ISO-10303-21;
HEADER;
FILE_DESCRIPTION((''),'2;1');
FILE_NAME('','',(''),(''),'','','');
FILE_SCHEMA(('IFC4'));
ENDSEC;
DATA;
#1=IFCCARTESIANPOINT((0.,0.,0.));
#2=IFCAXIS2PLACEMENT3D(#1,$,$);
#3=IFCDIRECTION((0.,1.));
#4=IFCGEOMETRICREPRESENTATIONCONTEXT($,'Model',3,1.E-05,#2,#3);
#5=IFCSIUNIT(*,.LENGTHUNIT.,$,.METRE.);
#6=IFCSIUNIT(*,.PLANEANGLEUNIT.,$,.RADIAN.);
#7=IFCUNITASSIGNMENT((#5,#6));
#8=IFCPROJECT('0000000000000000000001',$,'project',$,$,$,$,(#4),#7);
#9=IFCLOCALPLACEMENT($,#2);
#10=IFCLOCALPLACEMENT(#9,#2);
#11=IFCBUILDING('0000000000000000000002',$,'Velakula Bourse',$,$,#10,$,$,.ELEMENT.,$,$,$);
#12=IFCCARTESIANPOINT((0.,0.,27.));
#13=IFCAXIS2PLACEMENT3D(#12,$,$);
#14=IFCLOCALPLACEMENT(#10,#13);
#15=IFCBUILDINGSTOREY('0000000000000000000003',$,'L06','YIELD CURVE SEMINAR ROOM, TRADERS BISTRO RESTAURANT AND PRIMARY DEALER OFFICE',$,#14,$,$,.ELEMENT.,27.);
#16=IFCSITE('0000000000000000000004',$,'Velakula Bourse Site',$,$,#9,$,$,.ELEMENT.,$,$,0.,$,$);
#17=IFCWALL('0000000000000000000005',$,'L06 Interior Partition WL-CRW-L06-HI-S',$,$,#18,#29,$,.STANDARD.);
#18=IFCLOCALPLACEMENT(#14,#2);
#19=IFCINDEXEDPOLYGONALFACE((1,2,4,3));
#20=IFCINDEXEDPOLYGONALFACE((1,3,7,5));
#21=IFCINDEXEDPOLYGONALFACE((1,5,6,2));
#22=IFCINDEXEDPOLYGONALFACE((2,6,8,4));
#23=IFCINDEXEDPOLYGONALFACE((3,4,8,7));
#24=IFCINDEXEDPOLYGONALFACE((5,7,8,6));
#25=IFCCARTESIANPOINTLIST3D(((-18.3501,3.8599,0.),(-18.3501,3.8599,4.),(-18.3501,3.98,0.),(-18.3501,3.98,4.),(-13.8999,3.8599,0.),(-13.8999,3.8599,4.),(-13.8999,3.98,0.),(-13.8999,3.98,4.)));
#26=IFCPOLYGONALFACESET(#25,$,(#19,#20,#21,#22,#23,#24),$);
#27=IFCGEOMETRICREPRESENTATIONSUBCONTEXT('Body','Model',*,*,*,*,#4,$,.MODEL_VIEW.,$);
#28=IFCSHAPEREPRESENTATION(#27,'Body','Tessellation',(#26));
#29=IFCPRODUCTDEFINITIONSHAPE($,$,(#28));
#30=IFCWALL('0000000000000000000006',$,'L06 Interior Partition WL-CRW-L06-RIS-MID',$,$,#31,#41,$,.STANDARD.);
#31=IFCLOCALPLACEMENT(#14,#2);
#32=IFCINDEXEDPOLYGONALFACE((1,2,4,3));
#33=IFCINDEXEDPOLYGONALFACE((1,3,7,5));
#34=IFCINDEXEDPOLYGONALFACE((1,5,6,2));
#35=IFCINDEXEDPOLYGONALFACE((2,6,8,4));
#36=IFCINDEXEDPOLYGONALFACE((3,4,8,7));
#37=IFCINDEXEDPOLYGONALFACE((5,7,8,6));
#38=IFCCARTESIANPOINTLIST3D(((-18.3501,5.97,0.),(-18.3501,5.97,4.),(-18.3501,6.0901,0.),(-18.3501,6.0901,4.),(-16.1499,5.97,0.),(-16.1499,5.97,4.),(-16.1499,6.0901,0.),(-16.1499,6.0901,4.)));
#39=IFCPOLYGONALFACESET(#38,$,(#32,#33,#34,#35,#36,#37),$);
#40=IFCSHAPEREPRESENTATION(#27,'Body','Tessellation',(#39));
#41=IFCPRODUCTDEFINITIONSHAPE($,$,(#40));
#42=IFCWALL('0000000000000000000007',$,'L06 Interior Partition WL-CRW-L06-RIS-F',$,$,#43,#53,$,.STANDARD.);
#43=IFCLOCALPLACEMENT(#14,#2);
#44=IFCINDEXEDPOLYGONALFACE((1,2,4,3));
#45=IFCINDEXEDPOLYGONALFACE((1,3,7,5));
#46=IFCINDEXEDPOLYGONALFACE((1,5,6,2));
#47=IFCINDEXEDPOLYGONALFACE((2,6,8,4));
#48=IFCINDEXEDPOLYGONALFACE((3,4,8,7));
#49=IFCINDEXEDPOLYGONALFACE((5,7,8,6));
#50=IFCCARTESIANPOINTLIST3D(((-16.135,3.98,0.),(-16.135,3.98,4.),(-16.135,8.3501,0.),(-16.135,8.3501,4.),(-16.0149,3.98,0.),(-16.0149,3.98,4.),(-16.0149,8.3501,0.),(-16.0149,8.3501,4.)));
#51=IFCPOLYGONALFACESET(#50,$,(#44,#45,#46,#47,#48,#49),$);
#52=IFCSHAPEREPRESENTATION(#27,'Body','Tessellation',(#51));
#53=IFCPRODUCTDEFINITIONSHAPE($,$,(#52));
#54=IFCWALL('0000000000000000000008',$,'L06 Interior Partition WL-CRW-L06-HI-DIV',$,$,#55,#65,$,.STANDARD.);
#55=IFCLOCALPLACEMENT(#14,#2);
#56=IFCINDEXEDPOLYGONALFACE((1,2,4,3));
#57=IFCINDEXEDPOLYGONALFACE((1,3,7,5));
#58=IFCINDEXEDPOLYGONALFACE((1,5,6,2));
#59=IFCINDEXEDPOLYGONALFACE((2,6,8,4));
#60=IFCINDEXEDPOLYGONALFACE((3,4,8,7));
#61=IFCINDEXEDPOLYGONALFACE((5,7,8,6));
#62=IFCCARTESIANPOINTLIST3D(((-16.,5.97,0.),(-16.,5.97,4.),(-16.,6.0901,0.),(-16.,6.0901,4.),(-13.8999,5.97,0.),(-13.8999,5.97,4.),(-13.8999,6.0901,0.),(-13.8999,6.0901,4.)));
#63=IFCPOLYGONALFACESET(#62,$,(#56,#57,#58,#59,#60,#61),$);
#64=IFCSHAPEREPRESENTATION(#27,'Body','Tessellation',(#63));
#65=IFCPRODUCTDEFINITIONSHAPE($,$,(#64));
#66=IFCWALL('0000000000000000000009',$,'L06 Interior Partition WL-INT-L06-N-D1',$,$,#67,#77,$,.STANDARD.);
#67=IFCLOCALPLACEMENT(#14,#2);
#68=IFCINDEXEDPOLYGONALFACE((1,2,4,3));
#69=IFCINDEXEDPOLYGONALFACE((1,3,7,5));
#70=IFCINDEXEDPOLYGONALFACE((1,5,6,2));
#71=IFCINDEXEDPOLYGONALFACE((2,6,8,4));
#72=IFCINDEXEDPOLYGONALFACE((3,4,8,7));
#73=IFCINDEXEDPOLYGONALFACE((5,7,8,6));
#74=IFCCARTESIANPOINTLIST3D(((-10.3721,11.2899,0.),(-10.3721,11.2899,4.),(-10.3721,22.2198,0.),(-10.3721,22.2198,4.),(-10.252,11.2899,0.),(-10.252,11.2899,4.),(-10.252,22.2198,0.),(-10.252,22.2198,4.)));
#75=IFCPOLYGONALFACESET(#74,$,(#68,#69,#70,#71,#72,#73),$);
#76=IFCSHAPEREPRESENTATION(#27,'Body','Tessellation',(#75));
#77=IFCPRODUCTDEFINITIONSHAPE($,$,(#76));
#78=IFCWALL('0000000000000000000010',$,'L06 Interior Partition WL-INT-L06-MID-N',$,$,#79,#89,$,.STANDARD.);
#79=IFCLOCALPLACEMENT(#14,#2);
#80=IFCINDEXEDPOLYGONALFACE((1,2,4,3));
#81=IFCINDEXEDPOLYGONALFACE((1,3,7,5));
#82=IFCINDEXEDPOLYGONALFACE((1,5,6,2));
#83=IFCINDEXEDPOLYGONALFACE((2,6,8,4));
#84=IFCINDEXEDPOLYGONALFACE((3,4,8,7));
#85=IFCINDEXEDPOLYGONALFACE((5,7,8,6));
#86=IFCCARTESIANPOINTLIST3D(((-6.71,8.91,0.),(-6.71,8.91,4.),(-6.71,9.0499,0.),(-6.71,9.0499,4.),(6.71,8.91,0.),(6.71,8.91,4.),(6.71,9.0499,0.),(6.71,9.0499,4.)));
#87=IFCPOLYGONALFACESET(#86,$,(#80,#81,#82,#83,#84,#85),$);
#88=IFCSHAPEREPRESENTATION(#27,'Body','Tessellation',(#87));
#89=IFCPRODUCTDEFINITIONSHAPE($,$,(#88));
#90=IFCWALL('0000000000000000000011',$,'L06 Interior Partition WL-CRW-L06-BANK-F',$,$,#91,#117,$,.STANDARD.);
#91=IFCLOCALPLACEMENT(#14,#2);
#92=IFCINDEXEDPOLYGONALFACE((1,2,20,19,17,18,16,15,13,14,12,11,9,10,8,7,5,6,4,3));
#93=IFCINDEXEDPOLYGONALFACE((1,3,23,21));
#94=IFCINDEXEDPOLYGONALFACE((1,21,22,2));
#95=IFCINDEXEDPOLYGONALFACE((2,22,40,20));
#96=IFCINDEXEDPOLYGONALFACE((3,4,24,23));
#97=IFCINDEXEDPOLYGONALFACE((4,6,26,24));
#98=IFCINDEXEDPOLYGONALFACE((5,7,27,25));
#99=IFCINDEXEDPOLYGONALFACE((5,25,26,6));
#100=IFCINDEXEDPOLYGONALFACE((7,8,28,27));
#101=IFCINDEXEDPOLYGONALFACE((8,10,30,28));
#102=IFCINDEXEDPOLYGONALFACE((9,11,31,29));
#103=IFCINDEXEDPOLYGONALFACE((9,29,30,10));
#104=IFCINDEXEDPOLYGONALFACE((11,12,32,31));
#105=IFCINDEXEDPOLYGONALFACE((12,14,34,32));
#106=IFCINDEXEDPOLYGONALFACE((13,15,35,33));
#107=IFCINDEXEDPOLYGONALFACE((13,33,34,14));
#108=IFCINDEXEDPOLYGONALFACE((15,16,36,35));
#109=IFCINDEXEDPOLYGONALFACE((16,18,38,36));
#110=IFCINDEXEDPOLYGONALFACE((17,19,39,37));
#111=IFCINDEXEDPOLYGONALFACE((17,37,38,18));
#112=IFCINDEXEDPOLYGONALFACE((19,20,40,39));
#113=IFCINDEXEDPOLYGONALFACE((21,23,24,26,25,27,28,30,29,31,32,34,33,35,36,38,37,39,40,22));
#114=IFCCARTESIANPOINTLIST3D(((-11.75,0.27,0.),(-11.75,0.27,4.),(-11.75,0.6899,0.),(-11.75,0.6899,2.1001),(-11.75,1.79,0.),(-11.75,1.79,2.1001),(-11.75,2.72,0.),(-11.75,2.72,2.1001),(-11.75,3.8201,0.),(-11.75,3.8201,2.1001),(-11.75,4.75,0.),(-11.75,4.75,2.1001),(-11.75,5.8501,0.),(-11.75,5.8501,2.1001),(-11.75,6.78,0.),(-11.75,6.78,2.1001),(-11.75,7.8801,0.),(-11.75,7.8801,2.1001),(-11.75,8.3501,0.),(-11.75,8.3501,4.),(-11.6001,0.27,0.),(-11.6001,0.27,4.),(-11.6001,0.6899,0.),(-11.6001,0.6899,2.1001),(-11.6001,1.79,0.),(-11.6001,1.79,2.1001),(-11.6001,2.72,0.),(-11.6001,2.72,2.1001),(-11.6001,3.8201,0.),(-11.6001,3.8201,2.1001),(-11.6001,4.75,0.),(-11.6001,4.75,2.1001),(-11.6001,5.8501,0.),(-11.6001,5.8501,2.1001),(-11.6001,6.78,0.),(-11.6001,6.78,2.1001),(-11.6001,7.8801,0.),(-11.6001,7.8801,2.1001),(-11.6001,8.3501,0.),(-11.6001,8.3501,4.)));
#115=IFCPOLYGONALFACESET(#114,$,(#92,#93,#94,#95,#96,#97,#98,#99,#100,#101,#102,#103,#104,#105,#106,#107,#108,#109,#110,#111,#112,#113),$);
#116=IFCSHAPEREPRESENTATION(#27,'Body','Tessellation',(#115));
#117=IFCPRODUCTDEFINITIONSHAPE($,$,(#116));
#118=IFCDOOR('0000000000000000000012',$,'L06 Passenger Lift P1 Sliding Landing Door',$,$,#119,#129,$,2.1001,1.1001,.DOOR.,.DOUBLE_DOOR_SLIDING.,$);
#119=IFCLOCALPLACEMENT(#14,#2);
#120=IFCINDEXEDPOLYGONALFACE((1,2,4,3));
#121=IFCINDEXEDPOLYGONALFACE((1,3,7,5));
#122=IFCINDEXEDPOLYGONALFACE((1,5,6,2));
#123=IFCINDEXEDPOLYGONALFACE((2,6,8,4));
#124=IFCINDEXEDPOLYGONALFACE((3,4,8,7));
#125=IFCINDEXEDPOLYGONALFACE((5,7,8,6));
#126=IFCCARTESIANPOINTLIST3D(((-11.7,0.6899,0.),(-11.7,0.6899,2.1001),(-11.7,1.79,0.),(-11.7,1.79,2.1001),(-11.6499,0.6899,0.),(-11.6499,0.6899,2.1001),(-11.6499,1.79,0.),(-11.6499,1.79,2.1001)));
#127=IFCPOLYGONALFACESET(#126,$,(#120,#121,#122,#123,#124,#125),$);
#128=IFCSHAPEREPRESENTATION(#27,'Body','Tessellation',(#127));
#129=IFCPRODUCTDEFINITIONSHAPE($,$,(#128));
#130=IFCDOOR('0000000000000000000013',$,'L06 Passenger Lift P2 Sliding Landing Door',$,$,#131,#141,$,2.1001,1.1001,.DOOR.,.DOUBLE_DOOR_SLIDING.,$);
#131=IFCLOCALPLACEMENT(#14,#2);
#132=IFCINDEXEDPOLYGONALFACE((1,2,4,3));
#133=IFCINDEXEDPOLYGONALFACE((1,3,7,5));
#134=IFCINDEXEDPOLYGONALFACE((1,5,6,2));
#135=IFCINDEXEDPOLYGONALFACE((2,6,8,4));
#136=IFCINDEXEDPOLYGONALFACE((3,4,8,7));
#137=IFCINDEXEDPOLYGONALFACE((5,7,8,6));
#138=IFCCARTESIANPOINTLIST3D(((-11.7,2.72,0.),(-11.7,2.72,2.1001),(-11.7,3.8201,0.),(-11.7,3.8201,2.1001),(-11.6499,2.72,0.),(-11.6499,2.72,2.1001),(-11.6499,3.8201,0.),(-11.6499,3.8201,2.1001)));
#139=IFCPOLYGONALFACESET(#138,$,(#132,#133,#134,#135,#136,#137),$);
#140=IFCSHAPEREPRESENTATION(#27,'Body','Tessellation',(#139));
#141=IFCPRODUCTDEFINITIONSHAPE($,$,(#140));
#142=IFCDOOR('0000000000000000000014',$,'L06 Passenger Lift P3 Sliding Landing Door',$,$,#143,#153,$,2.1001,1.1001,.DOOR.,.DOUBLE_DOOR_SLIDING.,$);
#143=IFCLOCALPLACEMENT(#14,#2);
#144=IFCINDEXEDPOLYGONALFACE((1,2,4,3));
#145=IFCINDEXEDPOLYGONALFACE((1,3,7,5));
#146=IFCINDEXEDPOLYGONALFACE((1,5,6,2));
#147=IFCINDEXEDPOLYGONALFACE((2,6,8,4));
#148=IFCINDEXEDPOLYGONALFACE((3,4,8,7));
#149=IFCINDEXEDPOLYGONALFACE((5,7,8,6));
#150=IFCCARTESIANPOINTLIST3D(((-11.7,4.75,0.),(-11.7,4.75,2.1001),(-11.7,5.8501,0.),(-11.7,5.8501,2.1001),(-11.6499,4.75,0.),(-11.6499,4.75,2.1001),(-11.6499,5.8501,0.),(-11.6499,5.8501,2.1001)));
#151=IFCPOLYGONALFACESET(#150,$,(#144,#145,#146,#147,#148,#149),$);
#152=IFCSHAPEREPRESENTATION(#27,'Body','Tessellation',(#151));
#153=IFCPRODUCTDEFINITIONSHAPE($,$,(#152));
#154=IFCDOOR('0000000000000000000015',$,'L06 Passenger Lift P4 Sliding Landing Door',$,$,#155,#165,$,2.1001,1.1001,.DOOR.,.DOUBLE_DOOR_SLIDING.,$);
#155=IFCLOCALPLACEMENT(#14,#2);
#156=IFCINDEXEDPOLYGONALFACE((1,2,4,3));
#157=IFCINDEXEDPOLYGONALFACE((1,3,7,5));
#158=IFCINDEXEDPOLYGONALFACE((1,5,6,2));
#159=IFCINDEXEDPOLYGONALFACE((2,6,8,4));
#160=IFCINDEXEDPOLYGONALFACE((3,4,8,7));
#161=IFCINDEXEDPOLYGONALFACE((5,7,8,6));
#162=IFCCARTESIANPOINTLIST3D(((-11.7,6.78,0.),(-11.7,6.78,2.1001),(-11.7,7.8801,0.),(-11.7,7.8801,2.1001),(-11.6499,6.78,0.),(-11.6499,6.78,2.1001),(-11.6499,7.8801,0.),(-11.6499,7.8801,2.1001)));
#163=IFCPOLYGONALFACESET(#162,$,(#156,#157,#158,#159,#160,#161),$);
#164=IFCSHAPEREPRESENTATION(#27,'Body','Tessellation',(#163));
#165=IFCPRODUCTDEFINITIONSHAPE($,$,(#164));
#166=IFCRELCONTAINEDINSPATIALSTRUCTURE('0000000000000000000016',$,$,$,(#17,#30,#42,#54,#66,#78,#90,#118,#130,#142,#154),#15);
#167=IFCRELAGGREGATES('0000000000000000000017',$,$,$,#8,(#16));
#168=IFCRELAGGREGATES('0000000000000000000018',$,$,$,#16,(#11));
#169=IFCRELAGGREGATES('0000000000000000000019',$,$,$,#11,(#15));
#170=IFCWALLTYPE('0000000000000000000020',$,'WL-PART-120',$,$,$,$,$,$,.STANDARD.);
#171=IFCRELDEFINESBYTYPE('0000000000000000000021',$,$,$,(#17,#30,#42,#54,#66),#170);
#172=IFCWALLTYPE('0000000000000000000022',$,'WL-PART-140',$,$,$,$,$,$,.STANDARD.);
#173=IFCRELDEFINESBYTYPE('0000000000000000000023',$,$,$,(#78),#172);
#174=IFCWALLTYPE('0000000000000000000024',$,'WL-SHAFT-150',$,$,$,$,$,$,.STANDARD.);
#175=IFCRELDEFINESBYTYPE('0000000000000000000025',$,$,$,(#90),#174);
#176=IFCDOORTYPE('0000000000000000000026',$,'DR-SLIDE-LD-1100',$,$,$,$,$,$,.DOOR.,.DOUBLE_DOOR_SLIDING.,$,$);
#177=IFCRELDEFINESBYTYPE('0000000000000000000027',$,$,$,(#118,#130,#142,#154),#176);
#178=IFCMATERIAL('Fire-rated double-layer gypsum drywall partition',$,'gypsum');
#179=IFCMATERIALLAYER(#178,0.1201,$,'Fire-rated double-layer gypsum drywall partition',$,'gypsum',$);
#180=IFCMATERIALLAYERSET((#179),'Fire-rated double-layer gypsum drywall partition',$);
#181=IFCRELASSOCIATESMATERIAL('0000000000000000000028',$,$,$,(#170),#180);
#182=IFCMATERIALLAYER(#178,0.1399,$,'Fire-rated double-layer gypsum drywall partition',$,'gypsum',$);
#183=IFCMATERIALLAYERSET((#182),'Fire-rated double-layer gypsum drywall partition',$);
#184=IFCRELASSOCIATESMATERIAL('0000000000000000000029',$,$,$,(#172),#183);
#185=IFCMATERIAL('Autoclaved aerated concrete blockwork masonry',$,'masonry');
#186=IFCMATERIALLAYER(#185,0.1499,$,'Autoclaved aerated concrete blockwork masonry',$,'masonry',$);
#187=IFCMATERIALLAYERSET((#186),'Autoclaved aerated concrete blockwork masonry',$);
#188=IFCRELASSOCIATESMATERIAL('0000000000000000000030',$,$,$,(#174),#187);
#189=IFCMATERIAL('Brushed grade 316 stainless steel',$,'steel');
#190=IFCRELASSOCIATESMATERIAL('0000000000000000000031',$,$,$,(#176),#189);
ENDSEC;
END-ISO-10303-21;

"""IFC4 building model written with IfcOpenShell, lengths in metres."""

from ifc_helpers import new_model, si_unit, direction, frame, frame_2d, origin, place, context, subcontext, project, spatial, rectangle, extrude, material, layer, layer_set, type_object, element, fill, save


model = new_model("IFC4")

# Units and contexts
model_context = context("Model", 3, precision=1e-05, world=origin(), true_north=direction((0.0, 1.0)))
body_context = subcontext(model_context, "Body", "Model", "MODEL_VIEW")
ifc_project = project(units=[si_unit("LENGTHUNIT", "METRE"), si_unit("PLANEANGLEUNIT", "RADIAN")], contexts=[model_context])

# Site, building, storey
site_placement = place(None, origin())
site = spatial("IfcSite", under=ifc_project, at=site_placement, Name="Velakula Bourse Site", CompositionType="ELEMENT", RefElevation=0.0)
building_placement = place(site_placement, origin())
building = spatial("IfcBuilding", under=site, at=building_placement, Name="Velakula Bourse", CompositionType="ELEMENT")
storey_placement = place(building_placement, frame((0.0, 0.0, 27.0)))
storey = spatial("IfcBuildingStorey", under=building, at=storey_placement, Name="L06", Description="YIELD CURVE SEMINAR ROOM, TRADERS BISTRO RESTAURANT AND PRIMARY DEALER OFFICE", CompositionType="ELEMENT", Elevation=27.0)

# Shared definitions
ifc_material_1 = material(Name="Fire-rated double-layer gypsum drywall partition", Category="gypsum")
ifc_layer_1 = layer(ifc_material_1, 0.1201, Name="Fire-rated double-layer gypsum drywall partition", Category="gypsum")
ifc_layer_set_1 = layer_set([ifc_layer_1], Name="Fire-rated double-layer gypsum drywall partition")
wall_type_1 = type_object("IfcWallType", Name="WL-PART-120", PredefinedType="STANDARD", material=ifc_layer_set_1)

# Walls
wall_1_placement = place(storey_placement, frame((-18.3501, 3.9199, 0.0), z_axis=(0.0, 0.0, 1.0), x_axis=(1.0, 0.0, 0.0)))
element("IfcWall", 1, at=wall_1_placement, inside=storey, type_object=wall_type_1, Name="L06 Interior Partition WL-CRW-L06-HI-S", PredefinedType="STANDARD", context=body_context, shape_type="SweptSolid", body=[
    extrude(rectangle(XDim=4.4502, YDim=0.1201, at=frame_2d((2.2251, 0.0))), origin(), (0.0, 0.0, 1.0), 4.0),
])
wall_2_placement = place(storey_placement, frame((-18.3501, 6.03, 0.0), z_axis=(0.0, 0.0, 1.0), x_axis=(1.0, 0.0, 0.0)))
element("IfcWall", 2, at=wall_2_placement, inside=storey, type_object=wall_type_1, Name="L06 Interior Partition WL-CRW-L06-RIS-MID", PredefinedType="STANDARD", context=body_context, shape_type="SweptSolid", body=[
    extrude(rectangle(XDim=2.2002, YDim=0.1201, at=frame_2d((1.1001, 0.0))), origin(), (0.0, 0.0, 1.0), 4.0),
])
wall_3_placement = place(storey_placement, frame((-16.075, 3.98, 0.0), z_axis=(0.0, 0.0, 1.0), x_axis=(0.0, 1.0, 0.0)))
element("IfcWall", 3, at=wall_3_placement, inside=storey, type_object=wall_type_1, Name="L06 Interior Partition WL-CRW-L06-RIS-F", PredefinedType="STANDARD", context=body_context, shape_type="SweptSolid", body=[
    extrude(rectangle(XDim=4.3701, YDim=0.1201, at=frame_2d((2.1851, 0.0))), origin(), (0.0, 0.0, 1.0), 4.0),
])
wall_4_placement = place(storey_placement, frame((-16.0, 6.03, 0.0), z_axis=(0.0, 0.0, 1.0), x_axis=(1.0, 0.0, 0.0)))
element("IfcWall", 4, at=wall_4_placement, inside=storey, type_object=wall_type_1, Name="L06 Interior Partition WL-CRW-L06-HI-DIV", PredefinedType="STANDARD", context=body_context, shape_type="SweptSolid", body=[
    extrude(rectangle(XDim=2.1001, YDim=0.1201, at=frame_2d((1.05, 0.0))), origin(), (0.0, 0.0, 1.0), 4.0),
])
wall_5_placement = place(storey_placement, frame((-10.312, 11.29, 0.0), z_axis=(0.0, 0.0, 1.0), x_axis=(0.0, 1.0, 0.0)))
element("IfcWall", 5, at=wall_5_placement, inside=storey, type_object=wall_type_1, Name="L06 Interior Partition WL-INT-L06-N-D1", PredefinedType="STANDARD", context=body_context, shape_type="SweptSolid", body=[
    extrude(rectangle(XDim=10.9299, YDim=0.1201, at=frame_2d((5.4648, 0.0))), origin(), (0.0, 0.0, 1.0), 4.0),
])
ifc_layer_2 = layer(ifc_material_1, 0.1399, Name="Fire-rated double-layer gypsum drywall partition", Category="gypsum")
ifc_layer_set_2 = layer_set([ifc_layer_2], Name="Fire-rated double-layer gypsum drywall partition")
wall_type_2 = type_object("IfcWallType", Name="WL-PART-140", PredefinedType="STANDARD", material=ifc_layer_set_2)
wall_6_placement = place(storey_placement, frame((-6.71, 8.98, 0.0), z_axis=(0.0, 0.0, 1.0), x_axis=(1.0, 0.0, 0.0)))
element("IfcWall", 6, at=wall_6_placement, inside=storey, type_object=wall_type_2, Name="L06 Interior Partition WL-INT-L06-MID-N", PredefinedType="STANDARD", context=body_context, shape_type="SweptSolid", body=[
    extrude(rectangle(XDim=13.4199, YDim=0.1399, at=frame_2d((6.71, 0.0))), origin(), (0.0, 0.0, 1.0), 4.0),
])

# Wall, openings, doors
ifc_material_2 = material(Name="Autoclaved aerated concrete blockwork masonry", Category="masonry")
ifc_layer_3 = layer(ifc_material_2, 0.1499, Name="Autoclaved aerated concrete blockwork masonry", Category="masonry")
ifc_layer_set_3 = layer_set([ifc_layer_3], Name="Autoclaved aerated concrete blockwork masonry")
wall_type_3 = type_object("IfcWallType", Name="WL-SHAFT-150", PredefinedType="STANDARD", material=ifc_layer_set_3)
wall_7_placement = place(storey_placement, frame((-11.675, 0.27, 0.0), z_axis=(0.0, 0.0, 1.0), x_axis=(0.0, 1.0, 0.0)))
wall_7 = element("IfcWall", 7, at=wall_7_placement, inside=storey, type_object=wall_type_3, Name="L06 Interior Partition WL-CRW-L06-BANK-F", PredefinedType="STANDARD", context=body_context, shape_type="SweptSolid", body=[
    extrude(rectangle(XDim=8.0801, YDim=0.1499, at=frame_2d((4.04, 0.0))), origin(), (0.0, 0.0, 1.0), 4.0),
])
opening_1_placement = place(wall_7_placement, frame((0.4199, 0.0, 0.0)))
opening_1 = element("IfcOpeningElement", 8, at=opening_1_placement, cuts=wall_7, PredefinedType="OPENING", context=body_context, shape_type="SweptSolid", body=[
    extrude(rectangle(XDim=1.1001, YDim=2.1001, at=frame_2d((0.55, 1.05))), frame((0.0, 0.085, 0.0), z_axis=(0.0, -1.0, 0.0), x_axis=(1.0, 0.0, 0.0)), (0.0, 0.0, 1.0), 0.1699),
])
opening_2_placement = place(wall_7_placement, frame((2.45, 0.0, 0.0)))
opening_2 = element("IfcOpeningElement", 9, at=opening_2_placement, cuts=wall_7, PredefinedType="OPENING", context=body_context, shape_type="SweptSolid", body=[
    extrude(rectangle(XDim=1.1001, YDim=2.1001, at=frame_2d((0.55, 1.05))), frame((0.0, 0.085, 0.0), z_axis=(0.0, -1.0, 0.0), x_axis=(1.0, 0.0, 0.0)), (0.0, 0.0, 1.0), 0.1699),
])
opening_3_placement = place(wall_7_placement, frame((4.48, 0.0, 0.0)))
opening_3 = element("IfcOpeningElement", 10, at=opening_3_placement, cuts=wall_7, PredefinedType="OPENING", context=body_context, shape_type="SweptSolid", body=[
    extrude(rectangle(XDim=1.1001, YDim=2.1001, at=frame_2d((0.55, 1.05))), frame((0.0, 0.085, 0.0), z_axis=(0.0, -1.0, 0.0), x_axis=(1.0, 0.0, 0.0)), (0.0, 0.0, 1.0), 0.1699),
])
opening_4_placement = place(wall_7_placement, frame((6.51, 0.0, 0.0)))
opening_4 = element("IfcOpeningElement", 11, at=opening_4_placement, cuts=wall_7, PredefinedType="OPENING", context=body_context, shape_type="SweptSolid", body=[
    extrude(rectangle(XDim=1.1001, YDim=2.1001, at=frame_2d((0.55, 1.05))), frame((0.0, 0.085, 0.0), z_axis=(0.0, -1.0, 0.0), x_axis=(1.0, 0.0, 0.0)), (0.0, 0.0, 1.0), 0.1699),
])
ifc_material_3 = material(Name="Brushed grade 316 stainless steel", Category="steel")
door_type_1 = type_object("IfcDoorType", Name="DR-SLIDE-LD-1100", OperationType="DOUBLE_DOOR_SLIDING", PredefinedType="DOOR", material=ifc_material_3)
door_1_placement = place(opening_1_placement, origin())
door_1 = element("IfcDoor", 12, at=door_1_placement, inside=storey, type_object=door_type_1, Name="L06 Passenger Lift P1 Sliding Landing Door", OperationType="DOUBLE_DOOR_SLIDING", OverallHeight=2.1001, OverallWidth=1.1001, PredefinedType="DOOR", context=body_context, shape_type="SweptSolid", body=[
    extrude(rectangle(XDim=1.1001, YDim=2.1001, at=frame_2d((0.55, 1.05))), frame((0.0, 0.0249, 0.0), z_axis=(0.0, -1.0, 0.0), x_axis=(1.0, 0.0, 0.0)), (0.0, 0.0, 1.0), 0.05),
])
fill(opening_1, door_1)
door_2_placement = place(opening_2_placement, origin())
door_2 = element("IfcDoor", 13, at=door_2_placement, inside=storey, type_object=door_type_1, Name="L06 Passenger Lift P2 Sliding Landing Door", OperationType="DOUBLE_DOOR_SLIDING", OverallHeight=2.1001, OverallWidth=1.1001, PredefinedType="DOOR", context=body_context, shape_type="SweptSolid", body=[
    extrude(rectangle(XDim=1.1001, YDim=2.1001, at=frame_2d((0.55, 1.05))), frame((0.0, 0.0249, 0.0), z_axis=(0.0, -1.0, 0.0), x_axis=(1.0, 0.0, 0.0)), (0.0, 0.0, 1.0), 0.05),
])
fill(opening_2, door_2)
door_3_placement = place(opening_3_placement, origin())
door_3 = element("IfcDoor", 14, at=door_3_placement, inside=storey, type_object=door_type_1, Name="L06 Passenger Lift P3 Sliding Landing Door", OperationType="DOUBLE_DOOR_SLIDING", OverallHeight=2.1001, OverallWidth=1.1001, PredefinedType="DOOR", context=body_context, shape_type="SweptSolid", body=[
    extrude(rectangle(XDim=1.1001, YDim=2.1001, at=frame_2d((0.55, 1.05))), frame((0.0, 0.0249, 0.0), z_axis=(0.0, -1.0, 0.0), x_axis=(1.0, 0.0, 0.0)), (0.0, 0.0, 1.0), 0.05),
])
fill(opening_3, door_3)
door_4_placement = place(opening_4_placement, origin())
door_4 = element("IfcDoor", 15, at=door_4_placement, inside=storey, type_object=door_type_1, Name="L06 Passenger Lift P4 Sliding Landing Door", OperationType="DOUBLE_DOOR_SLIDING", OverallHeight=2.1001, OverallWidth=1.1001, PredefinedType="DOOR", context=body_context, shape_type="SweptSolid", body=[
    extrude(rectangle(XDim=1.1001, YDim=2.1001, at=frame_2d((0.55, 1.05))), frame((0.0, 0.0249, 0.0), z_axis=(0.0, -1.0, 0.0), x_axis=(1.0, 0.0, 0.0)), (0.0, 0.0, 1.0), 0.05),
])
fill(opening_4, door_4)

save(model, "model.ifc")
